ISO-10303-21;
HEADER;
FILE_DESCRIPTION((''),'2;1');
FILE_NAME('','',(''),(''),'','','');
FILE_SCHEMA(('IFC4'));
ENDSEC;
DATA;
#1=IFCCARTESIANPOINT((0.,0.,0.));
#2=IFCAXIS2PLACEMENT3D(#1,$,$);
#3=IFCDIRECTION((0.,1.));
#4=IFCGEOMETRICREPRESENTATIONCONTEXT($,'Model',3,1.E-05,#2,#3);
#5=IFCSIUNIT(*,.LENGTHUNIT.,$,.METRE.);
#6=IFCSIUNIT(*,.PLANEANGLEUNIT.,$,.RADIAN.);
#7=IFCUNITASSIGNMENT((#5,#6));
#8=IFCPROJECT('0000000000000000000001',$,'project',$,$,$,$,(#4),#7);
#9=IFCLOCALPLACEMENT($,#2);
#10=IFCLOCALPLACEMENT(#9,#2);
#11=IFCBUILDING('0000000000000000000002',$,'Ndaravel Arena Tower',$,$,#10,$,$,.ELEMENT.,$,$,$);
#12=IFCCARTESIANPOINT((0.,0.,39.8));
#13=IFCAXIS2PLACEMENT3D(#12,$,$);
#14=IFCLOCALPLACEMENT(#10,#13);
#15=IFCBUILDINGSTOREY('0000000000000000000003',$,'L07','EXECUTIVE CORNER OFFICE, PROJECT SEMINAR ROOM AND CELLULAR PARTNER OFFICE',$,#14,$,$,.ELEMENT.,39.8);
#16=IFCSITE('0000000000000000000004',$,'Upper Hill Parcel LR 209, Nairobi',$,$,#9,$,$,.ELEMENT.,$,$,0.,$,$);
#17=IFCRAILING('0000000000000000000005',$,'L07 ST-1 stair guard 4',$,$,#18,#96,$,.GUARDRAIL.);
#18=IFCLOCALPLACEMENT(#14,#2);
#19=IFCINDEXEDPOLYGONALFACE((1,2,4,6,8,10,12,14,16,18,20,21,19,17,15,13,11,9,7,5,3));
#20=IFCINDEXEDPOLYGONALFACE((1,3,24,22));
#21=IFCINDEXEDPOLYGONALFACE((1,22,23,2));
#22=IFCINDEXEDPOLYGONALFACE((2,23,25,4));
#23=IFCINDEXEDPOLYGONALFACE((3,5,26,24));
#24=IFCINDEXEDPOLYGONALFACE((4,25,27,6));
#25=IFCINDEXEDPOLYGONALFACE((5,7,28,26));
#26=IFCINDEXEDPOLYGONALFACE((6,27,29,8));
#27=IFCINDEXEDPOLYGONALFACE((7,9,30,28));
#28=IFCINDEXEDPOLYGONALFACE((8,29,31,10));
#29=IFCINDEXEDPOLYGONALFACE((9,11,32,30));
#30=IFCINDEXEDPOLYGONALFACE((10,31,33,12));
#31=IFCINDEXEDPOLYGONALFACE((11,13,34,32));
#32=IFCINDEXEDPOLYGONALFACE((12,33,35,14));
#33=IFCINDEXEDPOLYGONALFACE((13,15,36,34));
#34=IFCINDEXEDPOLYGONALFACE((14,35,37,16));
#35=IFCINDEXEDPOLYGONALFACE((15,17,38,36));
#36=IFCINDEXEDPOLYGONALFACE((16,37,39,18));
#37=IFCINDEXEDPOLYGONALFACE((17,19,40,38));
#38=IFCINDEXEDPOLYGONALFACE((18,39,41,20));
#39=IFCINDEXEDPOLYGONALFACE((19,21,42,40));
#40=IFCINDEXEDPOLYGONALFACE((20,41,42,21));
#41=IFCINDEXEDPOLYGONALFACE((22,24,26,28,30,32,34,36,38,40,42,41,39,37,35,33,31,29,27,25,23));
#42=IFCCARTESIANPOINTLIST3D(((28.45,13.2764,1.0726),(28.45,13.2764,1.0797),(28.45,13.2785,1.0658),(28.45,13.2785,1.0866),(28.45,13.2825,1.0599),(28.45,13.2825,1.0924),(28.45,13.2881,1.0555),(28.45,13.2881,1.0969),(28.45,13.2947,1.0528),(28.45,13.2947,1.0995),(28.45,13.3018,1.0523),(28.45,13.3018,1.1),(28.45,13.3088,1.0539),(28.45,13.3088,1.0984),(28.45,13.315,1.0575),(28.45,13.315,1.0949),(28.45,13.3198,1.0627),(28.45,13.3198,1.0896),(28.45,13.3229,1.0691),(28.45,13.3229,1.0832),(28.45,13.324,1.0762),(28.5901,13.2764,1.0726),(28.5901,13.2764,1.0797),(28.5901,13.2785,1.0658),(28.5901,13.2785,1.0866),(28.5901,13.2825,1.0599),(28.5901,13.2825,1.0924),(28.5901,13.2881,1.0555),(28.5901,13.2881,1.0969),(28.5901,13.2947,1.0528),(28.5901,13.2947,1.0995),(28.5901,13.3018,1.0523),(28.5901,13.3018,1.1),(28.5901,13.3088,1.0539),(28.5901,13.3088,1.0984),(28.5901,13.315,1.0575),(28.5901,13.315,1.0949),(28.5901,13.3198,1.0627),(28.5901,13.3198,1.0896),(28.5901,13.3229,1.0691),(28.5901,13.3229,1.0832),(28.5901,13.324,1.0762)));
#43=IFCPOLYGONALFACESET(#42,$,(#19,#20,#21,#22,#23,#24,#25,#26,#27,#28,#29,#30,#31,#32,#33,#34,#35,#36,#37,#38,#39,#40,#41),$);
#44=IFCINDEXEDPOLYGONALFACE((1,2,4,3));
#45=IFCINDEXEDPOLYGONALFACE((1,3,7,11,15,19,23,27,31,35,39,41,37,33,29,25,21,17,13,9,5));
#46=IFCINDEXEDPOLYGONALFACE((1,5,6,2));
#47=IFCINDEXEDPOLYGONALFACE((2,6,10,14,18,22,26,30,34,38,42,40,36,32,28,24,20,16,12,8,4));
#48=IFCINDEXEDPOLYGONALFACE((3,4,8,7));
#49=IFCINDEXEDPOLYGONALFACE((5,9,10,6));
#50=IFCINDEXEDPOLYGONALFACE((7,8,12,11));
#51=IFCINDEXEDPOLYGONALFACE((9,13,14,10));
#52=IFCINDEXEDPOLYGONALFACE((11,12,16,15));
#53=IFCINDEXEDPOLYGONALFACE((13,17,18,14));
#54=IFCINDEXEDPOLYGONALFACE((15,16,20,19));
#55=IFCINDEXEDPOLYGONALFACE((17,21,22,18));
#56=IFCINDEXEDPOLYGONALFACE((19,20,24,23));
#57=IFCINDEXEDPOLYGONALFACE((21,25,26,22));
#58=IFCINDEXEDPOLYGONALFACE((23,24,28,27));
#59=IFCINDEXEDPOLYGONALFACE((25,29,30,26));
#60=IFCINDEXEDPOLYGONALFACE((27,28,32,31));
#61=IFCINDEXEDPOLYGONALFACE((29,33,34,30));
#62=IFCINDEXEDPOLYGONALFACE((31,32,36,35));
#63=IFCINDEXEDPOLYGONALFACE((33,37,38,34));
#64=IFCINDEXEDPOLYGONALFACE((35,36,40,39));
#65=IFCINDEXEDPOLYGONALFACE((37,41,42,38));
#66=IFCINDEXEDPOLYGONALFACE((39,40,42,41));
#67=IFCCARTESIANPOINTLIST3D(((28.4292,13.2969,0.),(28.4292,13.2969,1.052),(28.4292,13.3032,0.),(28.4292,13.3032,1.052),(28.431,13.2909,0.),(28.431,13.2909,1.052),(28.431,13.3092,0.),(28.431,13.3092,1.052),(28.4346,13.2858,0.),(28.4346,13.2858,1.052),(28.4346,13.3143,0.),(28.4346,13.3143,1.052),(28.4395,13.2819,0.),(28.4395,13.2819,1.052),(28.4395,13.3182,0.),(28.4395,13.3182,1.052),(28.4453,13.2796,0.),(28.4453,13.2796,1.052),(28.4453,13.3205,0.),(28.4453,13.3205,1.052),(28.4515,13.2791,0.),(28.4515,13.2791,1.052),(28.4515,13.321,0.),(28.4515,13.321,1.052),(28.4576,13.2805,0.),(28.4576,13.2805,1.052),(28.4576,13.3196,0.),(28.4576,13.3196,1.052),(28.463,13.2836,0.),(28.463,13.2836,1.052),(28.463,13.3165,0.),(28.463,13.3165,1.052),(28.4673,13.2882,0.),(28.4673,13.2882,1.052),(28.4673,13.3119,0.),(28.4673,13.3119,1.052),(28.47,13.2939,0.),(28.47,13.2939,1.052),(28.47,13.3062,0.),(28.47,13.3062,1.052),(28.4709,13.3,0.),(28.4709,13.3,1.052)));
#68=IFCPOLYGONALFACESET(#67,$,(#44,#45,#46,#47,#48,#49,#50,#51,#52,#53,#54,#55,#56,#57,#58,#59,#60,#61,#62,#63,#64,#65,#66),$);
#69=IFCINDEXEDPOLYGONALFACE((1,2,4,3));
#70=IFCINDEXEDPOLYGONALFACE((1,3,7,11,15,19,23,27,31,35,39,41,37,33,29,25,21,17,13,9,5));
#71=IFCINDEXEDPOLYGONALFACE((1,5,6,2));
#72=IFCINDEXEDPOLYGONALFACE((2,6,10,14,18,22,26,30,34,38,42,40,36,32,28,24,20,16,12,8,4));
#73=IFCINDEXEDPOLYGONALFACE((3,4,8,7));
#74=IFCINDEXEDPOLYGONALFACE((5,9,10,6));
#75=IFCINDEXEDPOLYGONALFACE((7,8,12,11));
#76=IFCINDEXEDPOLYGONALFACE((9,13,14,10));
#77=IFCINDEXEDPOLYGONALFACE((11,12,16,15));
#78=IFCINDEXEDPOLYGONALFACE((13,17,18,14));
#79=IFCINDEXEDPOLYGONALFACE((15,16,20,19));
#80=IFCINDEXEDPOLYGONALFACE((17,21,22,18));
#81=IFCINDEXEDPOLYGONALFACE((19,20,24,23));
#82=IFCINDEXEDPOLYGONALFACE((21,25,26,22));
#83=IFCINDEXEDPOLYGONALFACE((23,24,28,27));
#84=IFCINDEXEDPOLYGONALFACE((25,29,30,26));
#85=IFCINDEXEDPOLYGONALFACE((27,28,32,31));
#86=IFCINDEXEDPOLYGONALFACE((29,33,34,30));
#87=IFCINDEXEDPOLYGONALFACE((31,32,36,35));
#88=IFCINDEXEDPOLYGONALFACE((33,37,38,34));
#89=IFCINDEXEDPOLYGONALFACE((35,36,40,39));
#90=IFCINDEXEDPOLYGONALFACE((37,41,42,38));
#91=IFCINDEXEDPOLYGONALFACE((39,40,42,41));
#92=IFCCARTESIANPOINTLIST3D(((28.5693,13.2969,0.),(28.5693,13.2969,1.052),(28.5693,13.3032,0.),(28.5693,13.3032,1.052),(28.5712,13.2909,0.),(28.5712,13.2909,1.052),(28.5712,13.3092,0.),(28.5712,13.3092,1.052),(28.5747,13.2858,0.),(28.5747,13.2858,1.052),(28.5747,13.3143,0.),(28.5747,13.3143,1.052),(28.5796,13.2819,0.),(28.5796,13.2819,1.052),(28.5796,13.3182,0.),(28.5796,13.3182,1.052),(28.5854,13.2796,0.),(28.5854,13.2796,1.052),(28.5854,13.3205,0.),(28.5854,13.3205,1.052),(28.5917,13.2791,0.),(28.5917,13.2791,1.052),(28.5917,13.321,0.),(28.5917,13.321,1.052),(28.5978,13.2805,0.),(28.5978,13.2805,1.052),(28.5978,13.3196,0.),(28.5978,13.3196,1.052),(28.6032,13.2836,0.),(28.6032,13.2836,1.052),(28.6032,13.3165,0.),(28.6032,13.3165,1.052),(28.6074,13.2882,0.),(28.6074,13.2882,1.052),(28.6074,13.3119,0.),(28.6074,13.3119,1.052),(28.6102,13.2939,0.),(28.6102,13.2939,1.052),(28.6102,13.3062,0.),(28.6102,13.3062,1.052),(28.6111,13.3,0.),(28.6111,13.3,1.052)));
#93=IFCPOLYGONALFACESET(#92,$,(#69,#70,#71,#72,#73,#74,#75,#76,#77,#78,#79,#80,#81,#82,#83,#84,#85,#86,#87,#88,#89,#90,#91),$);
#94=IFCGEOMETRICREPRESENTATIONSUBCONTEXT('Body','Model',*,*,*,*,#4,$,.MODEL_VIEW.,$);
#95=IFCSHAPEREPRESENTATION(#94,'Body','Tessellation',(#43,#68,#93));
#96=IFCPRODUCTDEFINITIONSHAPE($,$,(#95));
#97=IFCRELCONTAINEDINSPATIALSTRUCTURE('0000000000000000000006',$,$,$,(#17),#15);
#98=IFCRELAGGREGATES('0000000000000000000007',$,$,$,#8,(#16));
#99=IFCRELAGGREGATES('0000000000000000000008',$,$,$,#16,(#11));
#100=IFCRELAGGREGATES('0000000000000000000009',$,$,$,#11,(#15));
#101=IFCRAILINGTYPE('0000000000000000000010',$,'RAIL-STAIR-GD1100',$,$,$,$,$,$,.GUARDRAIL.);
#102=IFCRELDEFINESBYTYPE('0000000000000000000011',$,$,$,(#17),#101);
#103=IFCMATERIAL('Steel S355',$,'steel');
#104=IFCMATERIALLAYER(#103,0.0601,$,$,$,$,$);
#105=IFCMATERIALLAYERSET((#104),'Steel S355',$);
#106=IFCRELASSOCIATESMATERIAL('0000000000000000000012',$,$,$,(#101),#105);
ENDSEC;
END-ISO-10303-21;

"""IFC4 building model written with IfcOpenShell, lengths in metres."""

from ifc_helpers import new_model, si_unit, direction, frame, origin, origin_2d, place, context, subcontext, project, spatial, circle, extrude, material, layer, layer_set, type_object, element, save


model = new_model("IFC4")

# Units and contexts
model_context = context("Model", 3, precision=1e-05, world=origin(), true_north=direction((0.0, 1.0)))
body_context = subcontext(model_context, "Body", "Model", "MODEL_VIEW")
ifc_project = project(units=[si_unit("LENGTHUNIT", "METRE"), si_unit("PLANEANGLEUNIT", "RADIAN")], contexts=[model_context])

# Site, building, storey
site_placement = place(None, origin())
site = spatial("IfcSite", under=ifc_project, at=site_placement, Name="Upper Hill Parcel LR 209, Nairobi", CompositionType="ELEMENT", RefElevation=0.0)
building_placement = place(site_placement, origin())
building = spatial("IfcBuilding", under=site, at=building_placement, Name="Ndaravel Arena Tower", CompositionType="ELEMENT")
storey_placement = place(building_placement, frame((0.0, 0.0, 39.8)))
storey = spatial("IfcBuildingStorey", under=building, at=storey_placement, Name="L07", Description="EXECUTIVE CORNER OFFICE, PROJECT SEMINAR ROOM AND CELLULAR PARTNER OFFICE", CompositionType="ELEMENT", Elevation=39.8)

# Railing
ifc_material_1 = material(Name="Steel S355", Category="steel")
ifc_layer_1 = layer(ifc_material_1, 0.0601)
ifc_layer_set_1 = layer_set([ifc_layer_1], Name="Steel S355")
railing_type_1 = type_object("IfcRailingType", Name="RAIL-STAIR-GD1100", PredefinedType="GUARDRAIL", material=ifc_layer_set_1)
railing_1_placement = place(storey_placement, frame((28.45, 13.3, 0.0)))
element("IfcRailing", 1, at=railing_1_placement, inside=storey, type_object=railing_type_1, Name="L07 ST-1 stair guard 4", PredefinedType="GUARDRAIL", context=body_context, shape_type="SweptSolid", body=[
    extrude(circle(Radius=0.0239, at=origin_2d()), frame((0.0, 0.0, 1.0762), z_axis=(1.0, 0.0, 0.0), x_axis=(0.0, 1.0, 0.0)), (0.0, 0.0, 1.0), 0.1401),
    extrude(circle(Radius=0.021, at=origin_2d()), origin(), (0.0, 0.0, 1.0), 1.052),
    extrude(circle(Radius=0.021, at=origin_2d()), frame((0.1401, 0.0, 0.0)), (0.0, 0.0, 1.0), 1.052),
])

save(model, "model.ifc")
